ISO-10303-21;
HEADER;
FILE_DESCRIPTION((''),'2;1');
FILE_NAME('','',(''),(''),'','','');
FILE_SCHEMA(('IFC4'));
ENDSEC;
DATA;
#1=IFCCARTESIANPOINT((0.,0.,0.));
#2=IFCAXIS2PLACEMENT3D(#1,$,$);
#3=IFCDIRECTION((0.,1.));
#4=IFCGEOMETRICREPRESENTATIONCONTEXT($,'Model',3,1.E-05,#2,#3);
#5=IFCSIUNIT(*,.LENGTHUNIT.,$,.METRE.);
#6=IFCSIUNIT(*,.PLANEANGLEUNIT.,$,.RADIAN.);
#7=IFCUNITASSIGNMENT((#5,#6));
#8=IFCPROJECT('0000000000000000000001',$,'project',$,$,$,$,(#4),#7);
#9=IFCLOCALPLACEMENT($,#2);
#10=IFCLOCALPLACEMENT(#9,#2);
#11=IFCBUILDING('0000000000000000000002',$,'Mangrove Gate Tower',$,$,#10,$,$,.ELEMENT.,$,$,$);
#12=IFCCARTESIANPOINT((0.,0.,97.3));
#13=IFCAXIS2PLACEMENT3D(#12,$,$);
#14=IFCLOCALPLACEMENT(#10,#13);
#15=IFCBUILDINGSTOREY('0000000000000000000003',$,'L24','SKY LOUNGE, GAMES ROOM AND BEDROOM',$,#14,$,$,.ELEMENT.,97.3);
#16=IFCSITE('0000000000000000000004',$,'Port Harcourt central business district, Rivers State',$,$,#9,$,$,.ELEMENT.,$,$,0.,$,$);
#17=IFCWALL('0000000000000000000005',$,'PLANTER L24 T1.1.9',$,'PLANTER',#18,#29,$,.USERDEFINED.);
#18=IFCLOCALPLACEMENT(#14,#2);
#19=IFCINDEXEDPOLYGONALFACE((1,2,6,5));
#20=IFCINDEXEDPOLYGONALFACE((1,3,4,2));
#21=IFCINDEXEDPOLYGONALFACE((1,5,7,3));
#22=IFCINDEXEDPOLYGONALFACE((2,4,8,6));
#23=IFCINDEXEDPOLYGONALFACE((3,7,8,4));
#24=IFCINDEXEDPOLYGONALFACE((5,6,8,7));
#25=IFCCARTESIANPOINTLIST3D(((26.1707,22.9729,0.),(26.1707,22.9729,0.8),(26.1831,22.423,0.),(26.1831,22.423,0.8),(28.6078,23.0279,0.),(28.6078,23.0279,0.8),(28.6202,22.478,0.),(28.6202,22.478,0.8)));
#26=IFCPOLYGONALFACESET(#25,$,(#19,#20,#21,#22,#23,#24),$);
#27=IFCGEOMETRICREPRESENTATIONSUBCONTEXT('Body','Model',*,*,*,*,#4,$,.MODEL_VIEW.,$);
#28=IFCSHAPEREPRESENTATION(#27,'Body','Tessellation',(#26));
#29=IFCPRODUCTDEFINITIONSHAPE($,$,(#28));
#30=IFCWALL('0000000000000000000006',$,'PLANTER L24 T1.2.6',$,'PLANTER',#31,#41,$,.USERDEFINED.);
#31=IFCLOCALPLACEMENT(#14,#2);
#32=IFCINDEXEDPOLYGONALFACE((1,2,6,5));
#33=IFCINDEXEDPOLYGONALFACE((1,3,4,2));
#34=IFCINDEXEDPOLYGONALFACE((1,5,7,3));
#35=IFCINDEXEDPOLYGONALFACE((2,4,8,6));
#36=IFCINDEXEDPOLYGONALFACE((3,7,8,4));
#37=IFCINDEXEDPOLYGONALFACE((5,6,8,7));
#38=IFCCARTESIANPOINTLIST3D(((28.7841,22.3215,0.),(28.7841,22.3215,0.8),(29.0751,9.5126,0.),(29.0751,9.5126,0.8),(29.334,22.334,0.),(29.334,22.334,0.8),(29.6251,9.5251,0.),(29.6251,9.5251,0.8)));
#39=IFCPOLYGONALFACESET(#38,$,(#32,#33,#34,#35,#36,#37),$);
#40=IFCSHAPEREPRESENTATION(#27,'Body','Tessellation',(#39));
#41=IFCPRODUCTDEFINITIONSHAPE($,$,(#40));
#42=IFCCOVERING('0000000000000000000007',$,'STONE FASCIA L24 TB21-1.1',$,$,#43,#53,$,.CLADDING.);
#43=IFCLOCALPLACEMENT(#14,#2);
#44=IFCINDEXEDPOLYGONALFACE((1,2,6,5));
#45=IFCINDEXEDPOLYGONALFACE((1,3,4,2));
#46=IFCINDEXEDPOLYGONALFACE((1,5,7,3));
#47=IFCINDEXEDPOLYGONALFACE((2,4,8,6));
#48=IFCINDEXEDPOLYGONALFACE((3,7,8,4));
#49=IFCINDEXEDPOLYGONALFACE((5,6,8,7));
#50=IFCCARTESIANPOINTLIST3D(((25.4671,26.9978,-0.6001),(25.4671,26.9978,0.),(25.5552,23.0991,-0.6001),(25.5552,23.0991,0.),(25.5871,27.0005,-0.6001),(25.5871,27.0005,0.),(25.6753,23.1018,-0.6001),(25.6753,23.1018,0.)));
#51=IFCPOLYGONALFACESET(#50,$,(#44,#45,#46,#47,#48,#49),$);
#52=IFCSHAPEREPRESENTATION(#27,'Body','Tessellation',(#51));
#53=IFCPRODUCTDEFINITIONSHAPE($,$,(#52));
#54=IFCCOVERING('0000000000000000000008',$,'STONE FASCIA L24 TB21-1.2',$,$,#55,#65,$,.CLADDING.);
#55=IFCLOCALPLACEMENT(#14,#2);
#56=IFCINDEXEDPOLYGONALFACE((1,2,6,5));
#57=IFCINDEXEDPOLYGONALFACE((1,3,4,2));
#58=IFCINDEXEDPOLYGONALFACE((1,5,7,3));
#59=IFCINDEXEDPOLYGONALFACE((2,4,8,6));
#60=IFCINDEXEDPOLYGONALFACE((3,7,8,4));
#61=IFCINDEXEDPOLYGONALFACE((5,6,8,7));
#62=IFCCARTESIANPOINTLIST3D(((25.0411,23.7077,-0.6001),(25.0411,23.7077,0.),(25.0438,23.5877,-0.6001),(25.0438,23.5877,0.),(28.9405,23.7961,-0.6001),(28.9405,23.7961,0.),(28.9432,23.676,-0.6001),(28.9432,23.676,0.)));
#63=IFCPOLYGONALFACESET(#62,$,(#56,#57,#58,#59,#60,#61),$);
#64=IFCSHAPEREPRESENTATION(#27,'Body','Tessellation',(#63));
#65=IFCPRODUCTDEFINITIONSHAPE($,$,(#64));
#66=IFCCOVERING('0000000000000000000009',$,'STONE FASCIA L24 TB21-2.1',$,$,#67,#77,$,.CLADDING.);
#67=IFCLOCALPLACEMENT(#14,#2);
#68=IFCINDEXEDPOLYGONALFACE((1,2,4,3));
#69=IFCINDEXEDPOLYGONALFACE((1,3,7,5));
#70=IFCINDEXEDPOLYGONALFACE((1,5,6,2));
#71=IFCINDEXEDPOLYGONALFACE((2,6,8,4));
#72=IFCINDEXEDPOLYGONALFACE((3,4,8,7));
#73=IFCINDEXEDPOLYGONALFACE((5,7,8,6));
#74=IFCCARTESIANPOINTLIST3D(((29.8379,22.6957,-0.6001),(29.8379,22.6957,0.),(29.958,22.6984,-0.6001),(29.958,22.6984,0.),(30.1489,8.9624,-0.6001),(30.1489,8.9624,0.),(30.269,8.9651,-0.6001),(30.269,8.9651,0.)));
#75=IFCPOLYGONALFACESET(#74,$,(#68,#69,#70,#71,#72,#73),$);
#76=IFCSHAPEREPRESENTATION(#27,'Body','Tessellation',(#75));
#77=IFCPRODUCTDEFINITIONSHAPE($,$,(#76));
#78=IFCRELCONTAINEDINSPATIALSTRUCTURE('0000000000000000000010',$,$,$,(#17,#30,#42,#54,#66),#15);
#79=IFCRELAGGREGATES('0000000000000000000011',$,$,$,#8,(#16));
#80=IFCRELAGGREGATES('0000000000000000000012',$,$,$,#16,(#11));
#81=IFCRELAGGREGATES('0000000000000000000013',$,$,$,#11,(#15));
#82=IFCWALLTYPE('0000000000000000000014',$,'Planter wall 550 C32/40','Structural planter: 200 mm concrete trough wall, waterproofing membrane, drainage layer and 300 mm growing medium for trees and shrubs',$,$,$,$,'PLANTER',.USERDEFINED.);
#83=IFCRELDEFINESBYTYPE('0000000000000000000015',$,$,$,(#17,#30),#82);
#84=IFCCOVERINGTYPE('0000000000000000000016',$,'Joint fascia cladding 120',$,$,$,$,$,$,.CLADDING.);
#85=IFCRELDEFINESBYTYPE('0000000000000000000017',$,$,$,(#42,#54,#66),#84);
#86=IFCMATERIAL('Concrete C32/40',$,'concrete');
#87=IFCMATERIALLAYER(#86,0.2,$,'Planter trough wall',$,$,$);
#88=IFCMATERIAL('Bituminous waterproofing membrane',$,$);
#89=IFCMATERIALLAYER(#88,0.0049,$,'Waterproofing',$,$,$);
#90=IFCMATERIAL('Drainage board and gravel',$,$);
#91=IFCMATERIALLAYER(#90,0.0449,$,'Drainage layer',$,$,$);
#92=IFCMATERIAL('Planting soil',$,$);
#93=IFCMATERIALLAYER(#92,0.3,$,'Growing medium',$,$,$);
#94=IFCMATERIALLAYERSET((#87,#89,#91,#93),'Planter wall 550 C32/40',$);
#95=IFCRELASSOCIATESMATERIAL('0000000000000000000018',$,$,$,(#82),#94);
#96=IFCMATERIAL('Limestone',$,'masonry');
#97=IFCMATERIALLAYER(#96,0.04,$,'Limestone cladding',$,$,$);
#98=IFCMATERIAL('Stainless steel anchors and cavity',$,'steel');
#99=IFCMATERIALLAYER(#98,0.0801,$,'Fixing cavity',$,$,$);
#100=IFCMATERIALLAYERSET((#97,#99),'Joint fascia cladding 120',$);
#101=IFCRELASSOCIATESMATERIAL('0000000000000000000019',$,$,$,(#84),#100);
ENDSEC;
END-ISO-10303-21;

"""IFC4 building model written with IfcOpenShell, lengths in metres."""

from ifc_helpers import new_model, si_unit, direction, frame, frame_2d, origin, place, context, subcontext, project, spatial, rectangle, extrude, material, layer, layer_set, type_object, element, save


model = new_model("IFC4")

# Units and contexts
model_context = context("Model", 3, precision=1e-05, world=origin(), true_north=direction((0.0, 1.0)))
body_context = subcontext(model_context, "Body", "Model", "MODEL_VIEW")
ifc_project = project(units=[si_unit("LENGTHUNIT", "METRE"), si_unit("PLANEANGLEUNIT", "RADIAN")], contexts=[model_context])

# Site, building, storey
site_placement = place(None, origin())
site = spatial("IfcSite", under=ifc_project, at=site_placement, Name="Port Harcourt central business district, Rivers State", CompositionType="ELEMENT", RefElevation=0.0)
building_placement = place(site_placement, origin())
building = spatial("IfcBuilding", under=site, at=building_placement, Name="Mangrove Gate Tower", CompositionType="ELEMENT")
storey_placement = place(building_placement, frame((0.0, 0.0, 97.3)))
storey = spatial("IfcBuildingStorey", under=building, at=storey_placement, Name="L24", Description="SKY LOUNGE, GAMES ROOM AND BEDROOM", CompositionType="ELEMENT", Elevation=97.3)

# Shared definitions
ifc_material_1 = material(Name="Limestone", Category="masonry")

# Walls
ifc_material_2 = material(Name="Concrete C32/40", Category="concrete")
ifc_layer_1 = layer(ifc_material_2, 0.2, Name="Planter trough wall")
ifc_material_3 = material(Name="Bituminous waterproofing membrane")
ifc_layer_2 = layer(ifc_material_3, 0.0049, Name="Waterproofing")
ifc_material_4 = material(Name="Drainage board and gravel")
ifc_layer_3 = layer(ifc_material_4, 0.0449, Name="Drainage layer")
ifc_material_5 = material(Name="Planting soil")
ifc_layer_4 = layer(ifc_material_5, 0.3, Name="Growing medium")
ifc_layer_set_1 = layer_set([ifc_layer_1, ifc_layer_2, ifc_layer_3, ifc_layer_4], Name="Planter wall 550 C32/40")
wall_type_1 = type_object("IfcWallType", Name="Planter wall 550 C32/40", Description="Structural planter: 200 mm concrete trough wall, waterproofing membrane, drainage layer and 300 mm growing medium for trees and shrubs", ElementType="PLANTER", PredefinedType="USERDEFINED", material=ifc_layer_set_1)
for number, where, z_axis, x_axis, name in (
    (1, (26.177, 22.698, 0.0), (0.0, 0.0, 1.0), (0.999746, 0.022535, 0.0), "PLANTER L24 T1.1.9"),
):
    element("IfcWall", number, at=place(storey_placement, frame(where, z_axis=z_axis, x_axis=x_axis)), inside=storey, type_object=wall_type_1, Name=name, ObjectType="PLANTER", PredefinedType="USERDEFINED", context=body_context, shape_type="SweptSolid", body=[
        extrude(rectangle(XDim=2.4377, YDim=0.55, at=frame_2d((1.2188, 0.0))), origin(), (0.0, 0.0, 1.0), 0.8),
    ])
wall_1_placement = place(storey_placement, frame((29.0591, 22.3279, 0.0), z_axis=(0.0, 0.0, 1.0), x_axis=(0.022714, -0.999742, 0.0)))
element("IfcWall", 2, at=wall_1_placement, inside=storey, type_object=wall_type_1, Name="PLANTER L24 T1.2.6", ObjectType="PLANTER", PredefinedType="USERDEFINED", context=body_context, shape_type="SweptSolid", body=[
    extrude(rectangle(XDim=12.8123, YDim=0.55, at=frame_2d((6.4062, 0.0))), origin(), (0.0, 0.0, 1.0), 0.8),
])

# Coverings
ifc_layer_5 = layer(ifc_material_1, 0.04, Name="Limestone cladding")
ifc_material_6 = material(Name="Stainless steel anchors and cavity", Category="steel")
ifc_layer_6 = layer(ifc_material_6, 0.0801, Name="Fixing cavity")
ifc_layer_set_2 = layer_set([ifc_layer_5, ifc_layer_6], Name="Joint fascia cladding 120")
covering_type = type_object("IfcCoveringType", Name="Joint fascia cladding 120", PredefinedType="CLADDING", material=ifc_layer_set_2)
covering_1_placement = place(storey_placement, frame((25.5271, 26.999, -0.6001), z_axis=(0.0, 0.0, 1.0), x_axis=(0.022601, -0.999745, 0.0)))
element("IfcCovering", 3, at=covering_1_placement, inside=storey, type_object=covering_type, Name="STONE FASCIA L24 TB21-1.1", PredefinedType="CLADDING", context=body_context, shape_type="SweptSolid", body=[
    extrude(rectangle(XDim=3.8997, YDim=0.1201, at=frame_2d((1.9497, 0.0))), origin(), (0.0, 0.0, 1.0), 0.6001),
])
covering_2_placement = place(storey_placement, frame((25.0425, 23.6477, -0.6001), z_axis=(0.0, 0.0, 1.0), x_axis=(0.999743, 0.022659, 0.0)))
element("IfcCovering", 4, at=covering_2_placement, inside=storey, type_object=covering_type, Name="STONE FASCIA L24 TB21-1.2", PredefinedType="CLADDING", context=body_context, shape_type="SweptSolid", body=[
    extrude(rectangle(XDim=3.9004, YDim=0.1201, at=frame_2d((1.9502, 0.0))), origin(), (0.0, 0.0, 1.0), 0.6001),
])
covering_3_placement = place(storey_placement, frame((29.8979, 22.697, -0.6001), z_axis=(0.0, 0.0, 1.0), x_axis=(0.022642, -0.999744, 0.0)))
element("IfcCovering", 5, at=covering_3_placement, inside=storey, type_object=covering_type, Name="STONE FASCIA L24 TB21-2.1", PredefinedType="CLADDING", context=body_context, shape_type="SweptSolid", body=[
    extrude(rectangle(XDim=13.7368, YDim=0.1201, at=frame_2d((6.8684, 0.0))), origin(), (0.0, 0.0, 1.0), 0.6001),
])

save(model, "model.ifc")
